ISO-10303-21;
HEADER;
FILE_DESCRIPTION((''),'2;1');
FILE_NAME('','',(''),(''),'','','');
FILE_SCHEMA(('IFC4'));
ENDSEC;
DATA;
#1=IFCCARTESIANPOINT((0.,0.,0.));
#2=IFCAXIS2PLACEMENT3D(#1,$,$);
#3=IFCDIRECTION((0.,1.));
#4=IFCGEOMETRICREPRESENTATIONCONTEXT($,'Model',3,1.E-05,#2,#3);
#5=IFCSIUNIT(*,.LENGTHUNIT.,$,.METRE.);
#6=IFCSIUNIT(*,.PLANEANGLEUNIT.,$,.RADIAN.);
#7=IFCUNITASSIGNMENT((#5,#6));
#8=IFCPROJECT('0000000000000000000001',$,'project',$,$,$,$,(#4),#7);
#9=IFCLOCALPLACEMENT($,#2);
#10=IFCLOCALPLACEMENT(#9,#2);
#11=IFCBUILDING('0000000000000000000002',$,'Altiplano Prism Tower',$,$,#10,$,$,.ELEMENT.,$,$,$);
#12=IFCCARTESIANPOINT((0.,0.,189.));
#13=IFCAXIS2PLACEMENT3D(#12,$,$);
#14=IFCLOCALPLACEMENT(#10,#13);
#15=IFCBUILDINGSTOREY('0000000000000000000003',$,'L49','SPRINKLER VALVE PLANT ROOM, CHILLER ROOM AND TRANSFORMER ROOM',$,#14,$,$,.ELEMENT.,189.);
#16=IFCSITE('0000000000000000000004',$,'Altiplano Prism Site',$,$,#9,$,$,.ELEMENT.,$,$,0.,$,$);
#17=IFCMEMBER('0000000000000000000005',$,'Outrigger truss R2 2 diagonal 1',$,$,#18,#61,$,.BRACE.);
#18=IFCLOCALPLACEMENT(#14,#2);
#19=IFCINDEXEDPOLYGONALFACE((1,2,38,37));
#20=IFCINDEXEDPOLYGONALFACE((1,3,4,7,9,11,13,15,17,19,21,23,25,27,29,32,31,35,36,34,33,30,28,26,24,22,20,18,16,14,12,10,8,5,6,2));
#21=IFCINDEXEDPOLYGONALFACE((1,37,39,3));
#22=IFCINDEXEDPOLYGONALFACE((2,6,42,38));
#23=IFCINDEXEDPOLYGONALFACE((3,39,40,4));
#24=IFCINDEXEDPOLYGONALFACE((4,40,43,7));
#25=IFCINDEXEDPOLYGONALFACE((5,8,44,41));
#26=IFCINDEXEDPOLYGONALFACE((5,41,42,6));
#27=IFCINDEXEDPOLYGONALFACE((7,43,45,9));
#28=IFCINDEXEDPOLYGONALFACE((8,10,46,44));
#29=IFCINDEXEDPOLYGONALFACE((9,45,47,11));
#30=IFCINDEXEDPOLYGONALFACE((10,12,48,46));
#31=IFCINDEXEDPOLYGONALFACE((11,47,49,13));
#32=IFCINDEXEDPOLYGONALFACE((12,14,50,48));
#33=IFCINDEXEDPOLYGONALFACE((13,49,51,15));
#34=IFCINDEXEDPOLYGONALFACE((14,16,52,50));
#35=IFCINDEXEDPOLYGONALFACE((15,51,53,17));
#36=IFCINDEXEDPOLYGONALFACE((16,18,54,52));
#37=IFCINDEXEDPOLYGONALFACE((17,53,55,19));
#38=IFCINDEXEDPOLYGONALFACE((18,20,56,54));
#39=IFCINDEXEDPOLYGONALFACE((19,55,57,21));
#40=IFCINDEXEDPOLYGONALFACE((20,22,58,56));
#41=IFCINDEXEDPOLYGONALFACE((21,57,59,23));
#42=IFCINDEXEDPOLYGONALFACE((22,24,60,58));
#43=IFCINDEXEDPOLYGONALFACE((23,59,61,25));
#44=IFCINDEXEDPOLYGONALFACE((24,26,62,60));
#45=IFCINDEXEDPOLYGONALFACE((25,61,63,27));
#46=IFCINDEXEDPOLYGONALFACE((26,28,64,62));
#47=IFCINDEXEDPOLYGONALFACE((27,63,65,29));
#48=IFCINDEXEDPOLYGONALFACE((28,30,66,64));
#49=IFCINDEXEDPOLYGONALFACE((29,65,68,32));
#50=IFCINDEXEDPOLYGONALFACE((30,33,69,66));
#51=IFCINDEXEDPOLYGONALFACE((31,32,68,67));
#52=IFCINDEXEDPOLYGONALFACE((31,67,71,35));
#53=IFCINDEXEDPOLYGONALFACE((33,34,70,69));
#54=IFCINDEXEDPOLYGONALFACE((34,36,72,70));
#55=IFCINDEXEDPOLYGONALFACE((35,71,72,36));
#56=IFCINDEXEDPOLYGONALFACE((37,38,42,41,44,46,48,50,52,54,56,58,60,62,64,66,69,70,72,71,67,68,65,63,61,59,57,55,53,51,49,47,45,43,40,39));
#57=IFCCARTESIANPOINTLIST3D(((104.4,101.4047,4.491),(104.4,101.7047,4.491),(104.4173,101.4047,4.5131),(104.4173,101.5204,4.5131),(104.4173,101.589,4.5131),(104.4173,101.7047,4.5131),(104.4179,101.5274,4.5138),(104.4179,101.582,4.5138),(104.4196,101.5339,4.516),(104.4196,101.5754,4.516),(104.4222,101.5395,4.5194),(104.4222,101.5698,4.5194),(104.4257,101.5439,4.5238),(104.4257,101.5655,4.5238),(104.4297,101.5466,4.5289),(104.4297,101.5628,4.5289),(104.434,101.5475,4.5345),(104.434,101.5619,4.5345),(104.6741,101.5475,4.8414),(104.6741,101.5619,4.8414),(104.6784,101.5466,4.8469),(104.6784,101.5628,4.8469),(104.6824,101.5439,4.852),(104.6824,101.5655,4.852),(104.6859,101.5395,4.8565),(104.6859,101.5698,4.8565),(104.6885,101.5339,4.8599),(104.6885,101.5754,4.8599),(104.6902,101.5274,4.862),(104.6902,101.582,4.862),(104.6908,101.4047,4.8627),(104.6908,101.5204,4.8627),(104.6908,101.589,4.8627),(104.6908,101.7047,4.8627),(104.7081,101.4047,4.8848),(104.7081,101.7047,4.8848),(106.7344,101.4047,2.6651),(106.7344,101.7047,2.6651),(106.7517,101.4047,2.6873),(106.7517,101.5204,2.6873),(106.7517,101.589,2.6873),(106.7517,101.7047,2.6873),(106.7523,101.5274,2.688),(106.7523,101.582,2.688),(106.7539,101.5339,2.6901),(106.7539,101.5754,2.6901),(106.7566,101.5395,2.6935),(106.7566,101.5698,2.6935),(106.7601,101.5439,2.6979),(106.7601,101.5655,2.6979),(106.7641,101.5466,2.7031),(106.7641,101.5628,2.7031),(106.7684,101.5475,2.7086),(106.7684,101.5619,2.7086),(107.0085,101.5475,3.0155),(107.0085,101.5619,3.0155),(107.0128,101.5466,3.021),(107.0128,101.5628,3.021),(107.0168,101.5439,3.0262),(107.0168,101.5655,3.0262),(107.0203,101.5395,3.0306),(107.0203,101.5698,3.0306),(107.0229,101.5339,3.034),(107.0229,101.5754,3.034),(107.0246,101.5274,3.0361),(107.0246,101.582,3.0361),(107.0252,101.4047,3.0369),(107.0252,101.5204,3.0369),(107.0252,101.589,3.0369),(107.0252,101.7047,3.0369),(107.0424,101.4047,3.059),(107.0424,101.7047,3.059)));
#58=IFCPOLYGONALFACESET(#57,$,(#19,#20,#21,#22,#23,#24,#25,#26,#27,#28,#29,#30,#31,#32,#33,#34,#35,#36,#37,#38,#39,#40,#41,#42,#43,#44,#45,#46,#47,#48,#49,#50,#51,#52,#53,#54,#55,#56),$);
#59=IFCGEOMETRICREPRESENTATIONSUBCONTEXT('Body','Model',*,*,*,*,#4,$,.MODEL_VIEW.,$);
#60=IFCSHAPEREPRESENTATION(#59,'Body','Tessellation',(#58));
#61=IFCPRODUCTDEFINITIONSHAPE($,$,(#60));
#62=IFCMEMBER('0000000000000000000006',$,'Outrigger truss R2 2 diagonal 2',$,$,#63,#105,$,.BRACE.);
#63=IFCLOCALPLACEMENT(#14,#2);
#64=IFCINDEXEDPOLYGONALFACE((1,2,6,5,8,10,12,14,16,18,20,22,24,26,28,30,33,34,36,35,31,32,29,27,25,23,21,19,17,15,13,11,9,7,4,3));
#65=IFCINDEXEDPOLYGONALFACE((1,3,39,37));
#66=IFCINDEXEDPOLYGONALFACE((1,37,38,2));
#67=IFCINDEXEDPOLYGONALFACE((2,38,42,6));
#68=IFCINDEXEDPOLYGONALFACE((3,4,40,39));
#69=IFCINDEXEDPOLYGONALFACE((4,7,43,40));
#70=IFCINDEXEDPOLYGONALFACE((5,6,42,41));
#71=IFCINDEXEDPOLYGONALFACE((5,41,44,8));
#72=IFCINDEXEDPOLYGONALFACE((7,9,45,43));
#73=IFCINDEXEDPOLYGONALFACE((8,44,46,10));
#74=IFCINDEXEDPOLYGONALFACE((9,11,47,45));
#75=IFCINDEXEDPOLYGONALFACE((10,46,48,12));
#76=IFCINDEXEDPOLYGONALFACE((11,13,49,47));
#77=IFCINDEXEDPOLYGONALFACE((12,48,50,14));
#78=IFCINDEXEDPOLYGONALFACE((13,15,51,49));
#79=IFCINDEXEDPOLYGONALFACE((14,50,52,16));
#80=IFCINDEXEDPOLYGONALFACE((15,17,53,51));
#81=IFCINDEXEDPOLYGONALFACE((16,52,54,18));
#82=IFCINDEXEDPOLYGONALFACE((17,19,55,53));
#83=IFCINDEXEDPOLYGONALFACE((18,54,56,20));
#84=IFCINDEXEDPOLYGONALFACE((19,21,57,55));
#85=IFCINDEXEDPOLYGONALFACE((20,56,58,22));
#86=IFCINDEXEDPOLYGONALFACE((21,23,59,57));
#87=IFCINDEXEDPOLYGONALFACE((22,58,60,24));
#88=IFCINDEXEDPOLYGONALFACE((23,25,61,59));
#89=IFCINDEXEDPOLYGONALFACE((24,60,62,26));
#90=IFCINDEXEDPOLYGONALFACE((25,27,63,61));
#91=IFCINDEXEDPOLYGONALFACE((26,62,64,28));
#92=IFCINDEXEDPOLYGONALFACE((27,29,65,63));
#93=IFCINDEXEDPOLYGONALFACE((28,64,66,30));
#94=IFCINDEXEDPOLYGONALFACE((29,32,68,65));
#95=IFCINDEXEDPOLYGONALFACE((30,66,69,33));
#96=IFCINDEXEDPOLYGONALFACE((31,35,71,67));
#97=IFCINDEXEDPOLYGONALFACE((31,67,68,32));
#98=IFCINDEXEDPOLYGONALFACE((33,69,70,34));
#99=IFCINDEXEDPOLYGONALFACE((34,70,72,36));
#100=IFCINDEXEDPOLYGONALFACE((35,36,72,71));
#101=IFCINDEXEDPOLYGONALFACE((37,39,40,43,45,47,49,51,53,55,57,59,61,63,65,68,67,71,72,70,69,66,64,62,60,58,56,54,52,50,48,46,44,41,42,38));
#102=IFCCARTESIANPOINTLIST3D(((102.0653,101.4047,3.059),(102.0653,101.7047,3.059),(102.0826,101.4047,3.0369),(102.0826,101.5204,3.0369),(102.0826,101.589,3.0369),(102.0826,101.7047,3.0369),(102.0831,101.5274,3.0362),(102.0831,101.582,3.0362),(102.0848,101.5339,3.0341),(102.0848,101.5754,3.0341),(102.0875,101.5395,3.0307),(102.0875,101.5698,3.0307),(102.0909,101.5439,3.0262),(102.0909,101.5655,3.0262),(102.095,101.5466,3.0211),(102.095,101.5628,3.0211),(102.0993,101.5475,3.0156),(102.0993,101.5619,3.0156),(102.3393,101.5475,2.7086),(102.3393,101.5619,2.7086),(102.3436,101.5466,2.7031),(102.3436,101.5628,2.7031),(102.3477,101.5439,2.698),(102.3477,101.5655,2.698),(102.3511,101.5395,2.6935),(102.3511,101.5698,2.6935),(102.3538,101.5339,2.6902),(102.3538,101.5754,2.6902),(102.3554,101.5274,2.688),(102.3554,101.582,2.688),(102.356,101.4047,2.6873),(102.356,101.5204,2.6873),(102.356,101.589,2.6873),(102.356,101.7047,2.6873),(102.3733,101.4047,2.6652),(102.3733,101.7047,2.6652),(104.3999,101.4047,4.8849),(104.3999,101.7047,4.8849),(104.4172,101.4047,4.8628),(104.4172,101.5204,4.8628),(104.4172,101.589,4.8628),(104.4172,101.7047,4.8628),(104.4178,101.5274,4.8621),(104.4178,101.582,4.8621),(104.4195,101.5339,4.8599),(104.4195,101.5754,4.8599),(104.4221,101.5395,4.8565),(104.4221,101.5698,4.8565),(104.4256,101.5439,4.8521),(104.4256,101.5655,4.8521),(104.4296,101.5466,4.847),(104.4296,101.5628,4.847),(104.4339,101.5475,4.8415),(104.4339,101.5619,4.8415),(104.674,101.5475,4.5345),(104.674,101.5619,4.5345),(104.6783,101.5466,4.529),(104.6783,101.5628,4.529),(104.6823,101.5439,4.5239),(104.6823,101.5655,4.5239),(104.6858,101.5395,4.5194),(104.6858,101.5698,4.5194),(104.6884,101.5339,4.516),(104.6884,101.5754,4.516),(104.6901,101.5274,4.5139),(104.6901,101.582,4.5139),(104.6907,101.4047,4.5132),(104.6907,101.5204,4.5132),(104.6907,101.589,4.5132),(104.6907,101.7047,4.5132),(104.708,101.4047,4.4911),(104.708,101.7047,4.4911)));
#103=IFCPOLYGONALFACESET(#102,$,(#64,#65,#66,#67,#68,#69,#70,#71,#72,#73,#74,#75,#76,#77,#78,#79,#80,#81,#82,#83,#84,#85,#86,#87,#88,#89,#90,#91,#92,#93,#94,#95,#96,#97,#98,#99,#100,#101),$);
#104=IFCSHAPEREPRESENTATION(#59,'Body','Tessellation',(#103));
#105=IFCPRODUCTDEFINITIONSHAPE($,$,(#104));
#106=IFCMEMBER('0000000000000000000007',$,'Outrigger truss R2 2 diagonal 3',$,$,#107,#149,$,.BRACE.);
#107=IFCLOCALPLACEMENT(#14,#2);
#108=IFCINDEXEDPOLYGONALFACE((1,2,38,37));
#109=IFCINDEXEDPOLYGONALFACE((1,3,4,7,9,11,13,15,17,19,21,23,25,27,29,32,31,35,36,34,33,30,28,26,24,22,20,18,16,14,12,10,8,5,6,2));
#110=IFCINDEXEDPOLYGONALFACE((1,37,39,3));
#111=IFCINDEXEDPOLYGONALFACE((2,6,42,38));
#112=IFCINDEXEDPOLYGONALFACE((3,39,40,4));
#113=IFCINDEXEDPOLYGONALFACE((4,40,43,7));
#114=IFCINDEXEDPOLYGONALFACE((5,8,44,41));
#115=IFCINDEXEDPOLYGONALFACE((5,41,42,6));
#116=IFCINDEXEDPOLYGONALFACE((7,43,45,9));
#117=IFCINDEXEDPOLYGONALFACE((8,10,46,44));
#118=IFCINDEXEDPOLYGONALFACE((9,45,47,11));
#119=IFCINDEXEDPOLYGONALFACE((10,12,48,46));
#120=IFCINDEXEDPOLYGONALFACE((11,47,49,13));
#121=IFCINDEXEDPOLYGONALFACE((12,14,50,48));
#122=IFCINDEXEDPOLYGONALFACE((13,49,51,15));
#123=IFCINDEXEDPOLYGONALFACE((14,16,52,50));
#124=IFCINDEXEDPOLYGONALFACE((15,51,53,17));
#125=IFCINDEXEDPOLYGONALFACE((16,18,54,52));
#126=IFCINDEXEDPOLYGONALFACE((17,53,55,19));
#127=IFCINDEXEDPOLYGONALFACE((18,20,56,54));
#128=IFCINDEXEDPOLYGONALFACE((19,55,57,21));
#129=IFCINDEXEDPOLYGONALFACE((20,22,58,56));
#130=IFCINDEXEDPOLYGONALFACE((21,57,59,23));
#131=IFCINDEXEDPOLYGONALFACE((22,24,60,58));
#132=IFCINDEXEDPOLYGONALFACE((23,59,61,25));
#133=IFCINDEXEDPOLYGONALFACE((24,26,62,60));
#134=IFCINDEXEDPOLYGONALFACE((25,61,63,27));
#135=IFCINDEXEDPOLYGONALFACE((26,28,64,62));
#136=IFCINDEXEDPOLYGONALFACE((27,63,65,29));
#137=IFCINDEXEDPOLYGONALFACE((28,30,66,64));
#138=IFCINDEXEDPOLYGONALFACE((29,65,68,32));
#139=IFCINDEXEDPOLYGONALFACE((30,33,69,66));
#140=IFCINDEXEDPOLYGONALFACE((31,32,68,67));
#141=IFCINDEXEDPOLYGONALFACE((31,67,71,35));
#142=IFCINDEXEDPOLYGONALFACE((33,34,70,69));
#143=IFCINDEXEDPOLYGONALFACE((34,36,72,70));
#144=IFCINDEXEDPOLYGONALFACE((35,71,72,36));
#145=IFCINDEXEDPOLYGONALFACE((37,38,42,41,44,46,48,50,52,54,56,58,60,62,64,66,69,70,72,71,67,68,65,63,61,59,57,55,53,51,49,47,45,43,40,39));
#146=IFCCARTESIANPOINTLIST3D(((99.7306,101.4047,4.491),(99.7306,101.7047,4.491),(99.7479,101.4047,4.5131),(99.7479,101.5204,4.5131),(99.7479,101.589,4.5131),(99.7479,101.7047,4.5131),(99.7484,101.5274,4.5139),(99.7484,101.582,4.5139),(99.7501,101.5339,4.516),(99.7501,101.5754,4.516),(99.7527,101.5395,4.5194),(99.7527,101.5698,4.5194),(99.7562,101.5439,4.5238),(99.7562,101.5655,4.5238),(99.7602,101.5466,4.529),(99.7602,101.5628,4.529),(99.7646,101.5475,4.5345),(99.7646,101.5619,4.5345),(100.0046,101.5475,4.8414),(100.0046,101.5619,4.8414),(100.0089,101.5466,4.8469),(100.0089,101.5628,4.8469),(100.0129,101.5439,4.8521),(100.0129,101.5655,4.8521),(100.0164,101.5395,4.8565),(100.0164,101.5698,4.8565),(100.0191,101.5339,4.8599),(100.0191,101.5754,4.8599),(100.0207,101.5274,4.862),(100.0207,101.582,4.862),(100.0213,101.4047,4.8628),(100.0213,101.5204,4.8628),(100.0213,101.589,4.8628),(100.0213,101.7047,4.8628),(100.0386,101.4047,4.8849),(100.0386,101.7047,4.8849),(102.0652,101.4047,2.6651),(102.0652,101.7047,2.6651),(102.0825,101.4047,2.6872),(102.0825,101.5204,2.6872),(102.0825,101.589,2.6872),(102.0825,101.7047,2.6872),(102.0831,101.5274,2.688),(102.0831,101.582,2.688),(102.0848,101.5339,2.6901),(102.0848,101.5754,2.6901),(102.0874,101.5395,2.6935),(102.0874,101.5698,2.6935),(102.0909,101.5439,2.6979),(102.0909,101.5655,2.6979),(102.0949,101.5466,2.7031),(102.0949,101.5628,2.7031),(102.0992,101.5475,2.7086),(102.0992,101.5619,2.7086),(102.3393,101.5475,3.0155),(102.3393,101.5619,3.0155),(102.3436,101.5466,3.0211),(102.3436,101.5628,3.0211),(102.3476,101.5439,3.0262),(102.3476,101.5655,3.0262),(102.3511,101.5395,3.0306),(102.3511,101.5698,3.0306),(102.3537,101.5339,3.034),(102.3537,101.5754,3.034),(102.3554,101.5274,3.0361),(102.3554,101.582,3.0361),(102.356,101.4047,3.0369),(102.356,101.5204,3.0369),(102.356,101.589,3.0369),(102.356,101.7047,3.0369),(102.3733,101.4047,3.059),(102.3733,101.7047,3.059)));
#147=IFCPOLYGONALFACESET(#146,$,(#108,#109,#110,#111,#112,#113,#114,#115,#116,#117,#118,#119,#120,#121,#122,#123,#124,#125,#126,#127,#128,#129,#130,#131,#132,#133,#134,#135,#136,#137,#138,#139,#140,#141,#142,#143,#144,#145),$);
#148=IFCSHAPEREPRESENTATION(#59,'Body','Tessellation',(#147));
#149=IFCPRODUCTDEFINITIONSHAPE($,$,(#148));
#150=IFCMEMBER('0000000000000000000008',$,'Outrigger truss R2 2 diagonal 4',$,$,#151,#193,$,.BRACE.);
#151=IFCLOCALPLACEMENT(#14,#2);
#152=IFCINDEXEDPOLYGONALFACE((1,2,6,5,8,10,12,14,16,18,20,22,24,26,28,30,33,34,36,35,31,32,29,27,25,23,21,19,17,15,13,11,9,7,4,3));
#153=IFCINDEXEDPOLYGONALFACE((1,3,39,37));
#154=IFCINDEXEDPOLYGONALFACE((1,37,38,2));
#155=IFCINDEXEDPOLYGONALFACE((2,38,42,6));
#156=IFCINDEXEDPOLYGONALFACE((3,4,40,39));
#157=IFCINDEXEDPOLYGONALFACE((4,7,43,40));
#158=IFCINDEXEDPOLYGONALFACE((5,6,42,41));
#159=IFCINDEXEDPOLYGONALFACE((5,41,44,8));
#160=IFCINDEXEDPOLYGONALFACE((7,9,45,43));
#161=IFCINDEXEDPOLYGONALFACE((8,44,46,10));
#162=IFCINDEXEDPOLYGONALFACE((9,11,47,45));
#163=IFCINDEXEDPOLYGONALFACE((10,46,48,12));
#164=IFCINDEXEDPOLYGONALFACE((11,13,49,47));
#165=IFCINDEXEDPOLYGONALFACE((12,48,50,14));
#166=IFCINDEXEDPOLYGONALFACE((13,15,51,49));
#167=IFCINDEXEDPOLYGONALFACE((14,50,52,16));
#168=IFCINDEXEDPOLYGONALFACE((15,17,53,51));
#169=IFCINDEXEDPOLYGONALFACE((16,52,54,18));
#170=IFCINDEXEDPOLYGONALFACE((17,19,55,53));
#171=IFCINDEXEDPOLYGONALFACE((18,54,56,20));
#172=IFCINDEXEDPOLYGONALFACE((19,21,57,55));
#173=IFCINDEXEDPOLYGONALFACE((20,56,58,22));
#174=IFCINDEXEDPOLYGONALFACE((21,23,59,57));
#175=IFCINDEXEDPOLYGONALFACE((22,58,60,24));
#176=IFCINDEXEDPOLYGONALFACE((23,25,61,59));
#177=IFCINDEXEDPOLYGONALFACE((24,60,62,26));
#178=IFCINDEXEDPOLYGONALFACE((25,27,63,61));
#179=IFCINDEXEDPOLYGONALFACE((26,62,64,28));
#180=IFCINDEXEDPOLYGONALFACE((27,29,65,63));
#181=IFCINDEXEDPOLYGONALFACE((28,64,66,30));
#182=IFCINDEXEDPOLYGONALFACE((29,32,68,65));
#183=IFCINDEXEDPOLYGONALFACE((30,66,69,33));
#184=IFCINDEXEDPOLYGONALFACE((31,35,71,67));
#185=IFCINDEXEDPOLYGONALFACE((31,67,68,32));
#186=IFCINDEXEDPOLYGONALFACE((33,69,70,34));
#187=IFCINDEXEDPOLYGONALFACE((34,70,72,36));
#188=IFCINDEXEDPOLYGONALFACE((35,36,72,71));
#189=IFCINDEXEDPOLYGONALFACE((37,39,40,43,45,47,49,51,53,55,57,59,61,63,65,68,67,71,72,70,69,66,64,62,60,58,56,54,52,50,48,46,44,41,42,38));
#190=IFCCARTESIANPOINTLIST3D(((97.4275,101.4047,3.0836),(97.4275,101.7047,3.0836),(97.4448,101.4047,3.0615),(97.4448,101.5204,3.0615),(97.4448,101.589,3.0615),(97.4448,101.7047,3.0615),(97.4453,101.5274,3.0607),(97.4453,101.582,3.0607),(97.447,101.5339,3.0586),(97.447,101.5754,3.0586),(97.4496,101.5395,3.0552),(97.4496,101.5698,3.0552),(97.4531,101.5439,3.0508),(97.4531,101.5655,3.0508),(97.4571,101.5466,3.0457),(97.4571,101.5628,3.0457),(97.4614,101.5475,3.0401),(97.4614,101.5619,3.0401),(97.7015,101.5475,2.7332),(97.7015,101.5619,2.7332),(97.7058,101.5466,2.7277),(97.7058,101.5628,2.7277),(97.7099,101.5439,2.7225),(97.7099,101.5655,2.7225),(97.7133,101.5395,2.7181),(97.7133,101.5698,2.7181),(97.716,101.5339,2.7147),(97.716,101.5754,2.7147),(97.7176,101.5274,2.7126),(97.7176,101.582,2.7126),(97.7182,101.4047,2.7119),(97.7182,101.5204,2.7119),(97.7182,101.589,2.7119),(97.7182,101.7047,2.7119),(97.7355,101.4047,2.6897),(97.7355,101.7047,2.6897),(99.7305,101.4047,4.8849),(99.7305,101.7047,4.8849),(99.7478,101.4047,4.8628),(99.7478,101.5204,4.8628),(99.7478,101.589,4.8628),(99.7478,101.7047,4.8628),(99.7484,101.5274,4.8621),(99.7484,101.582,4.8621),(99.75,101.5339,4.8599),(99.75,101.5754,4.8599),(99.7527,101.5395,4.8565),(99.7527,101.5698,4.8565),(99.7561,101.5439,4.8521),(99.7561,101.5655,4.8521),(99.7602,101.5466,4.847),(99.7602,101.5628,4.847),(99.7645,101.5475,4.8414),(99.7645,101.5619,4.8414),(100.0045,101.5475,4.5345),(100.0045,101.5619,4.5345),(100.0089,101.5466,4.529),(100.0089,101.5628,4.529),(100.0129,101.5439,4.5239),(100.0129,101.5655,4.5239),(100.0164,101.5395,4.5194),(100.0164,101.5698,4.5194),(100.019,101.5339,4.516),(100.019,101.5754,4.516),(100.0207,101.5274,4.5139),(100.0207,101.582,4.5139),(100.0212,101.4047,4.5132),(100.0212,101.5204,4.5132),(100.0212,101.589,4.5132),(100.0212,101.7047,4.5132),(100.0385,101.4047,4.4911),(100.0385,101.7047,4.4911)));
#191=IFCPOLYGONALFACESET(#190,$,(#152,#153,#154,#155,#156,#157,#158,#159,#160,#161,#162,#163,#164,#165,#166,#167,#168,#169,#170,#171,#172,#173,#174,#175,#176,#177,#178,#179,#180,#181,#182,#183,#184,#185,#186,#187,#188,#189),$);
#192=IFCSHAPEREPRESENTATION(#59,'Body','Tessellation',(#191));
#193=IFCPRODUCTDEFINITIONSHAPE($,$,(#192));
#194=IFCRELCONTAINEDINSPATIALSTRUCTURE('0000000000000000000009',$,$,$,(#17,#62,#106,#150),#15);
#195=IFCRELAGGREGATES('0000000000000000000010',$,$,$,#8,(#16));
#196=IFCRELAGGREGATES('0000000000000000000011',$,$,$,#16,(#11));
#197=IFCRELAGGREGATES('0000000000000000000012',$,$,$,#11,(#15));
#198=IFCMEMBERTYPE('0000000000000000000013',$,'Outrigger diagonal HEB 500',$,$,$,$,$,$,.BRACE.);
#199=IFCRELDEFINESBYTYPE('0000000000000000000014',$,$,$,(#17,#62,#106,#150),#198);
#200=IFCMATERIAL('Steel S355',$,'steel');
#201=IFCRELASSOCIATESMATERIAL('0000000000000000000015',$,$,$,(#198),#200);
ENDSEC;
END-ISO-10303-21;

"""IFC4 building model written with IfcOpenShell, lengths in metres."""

from ifc_helpers import new_model, si_unit, direction, frame, origin, origin_2d, place, context, subcontext, project, spatial, i_section, extrude, material, material_profile, profile_set, type_object, element, save


model = new_model("IFC4")

# Units and contexts
model_context = context("Model", 3, precision=1e-05, world=origin(), true_north=direction((0.0, 1.0)))
body_context = subcontext(model_context, "Body", "Model", "MODEL_VIEW")
ifc_project = project(units=[si_unit("LENGTHUNIT", "METRE"), si_unit("PLANEANGLEUNIT", "RADIAN")], contexts=[model_context])

# Site, building, storey
site_placement = place(None, origin())
site = spatial("IfcSite", under=ifc_project, at=site_placement, Name="Altiplano Prism Site", CompositionType="ELEMENT", RefElevation=0.0)
building_placement = place(site_placement, origin())
building = spatial("IfcBuilding", under=site, at=building_placement, Name="Altiplano Prism Tower", CompositionType="ELEMENT")
storey_placement = place(building_placement, frame((0.0, 0.0, 189.0)))
storey = spatial("IfcBuildingStorey", under=building, at=storey_placement, Name="L49", Description="SPRINKLER VALVE PLANT ROOM, CHILLER ROOM AND TRANSFORMER ROOM", CompositionType="ELEMENT", Elevation=189.0)

# Shared definitions
ifc_material_1 = material(Name="Steel S355", Category="steel")

# Members
ifc_material_profile_1 = material_profile(ifc_material_1, i_section(OverallWidth=0.3, OverallDepth=0.5, WebThickness=0.0144, FlangeThickness=0.0281, FilletRadius=0.0271, at=origin_2d()), Name="Outrigger diagonal HEB 500")
ifc_profile_set_1 = profile_set([ifc_material_profile_1], Name="Steel S355")
member_type_1 = type_object("IfcMemberType", Name="Outrigger diagonal HEB 500", PredefinedType="BRACE", material=ifc_profile_set_1)
member_1_placement = place(storey_placement, frame((106.8884, 101.5547, 2.8621), z_axis=(-0.787677, 0.0, 0.616088), x_axis=(0.0, -1.0, 0.0)))
element("IfcMember", 1, at=member_1_placement, inside=storey, type_object=member_type_1, Name="Outrigger truss R2 2 diagonal 1", PredefinedType="BRACE", context=body_context, shape_type="SweptSolid", body=[
    extrude(i_section(OverallWidth=0.3, OverallDepth=0.5, WebThickness=0.0144, FlangeThickness=0.0281, FilletRadius=0.0271, at=origin_2d()), origin(), (0.0, 0.0, 1.0), 2.9636),
])
for number, where, z_axis, x_axis, name in (
    (2, (104.554, 101.5547, 4.688), (-0.787708, 0.0, -0.616048), (0.0, -1.0, 0.0), "Outrigger truss R2 2 diagonal 2"),
    (3, (102.2192, 101.5547, 2.8621), (-0.787708, 0.0, 0.616048), (0.0, -1.0, 0.0), "Outrigger truss R2 2 diagonal 3"),
):
    element("IfcMember", number, at=place(storey_placement, frame(where, z_axis=z_axis, x_axis=x_axis)), inside=storey, type_object=member_type_1, Name=name, PredefinedType="BRACE", context=body_context, shape_type="SweptSolid", body=[
        extrude(i_section(OverallWidth=0.3, OverallDepth=0.5, WebThickness=0.0144, FlangeThickness=0.0281, FilletRadius=0.0271, at=origin_2d()), origin(), (0.0, 0.0, 1.0), 2.9639),
    ])
member_2_placement = place(storey_placement, frame((99.8845, 101.5547, 4.688), z_axis=(-0.787681, 0.0, -0.616083), x_axis=(0.0, -1.0, 0.0)))
element("IfcMember", 4, at=member_2_placement, inside=storey, type_object=member_type_1, Name="Outrigger truss R2 2 diagonal 4", PredefinedType="BRACE", context=body_context, shape_type="SweptSolid", body=[
    extrude(i_section(OverallWidth=0.3, OverallDepth=0.5, WebThickness=0.0144, FlangeThickness=0.0281, FilletRadius=0.0271, at=origin_2d()), origin(), (0.0, 0.0, 1.0), 2.9238),
])

save(model, "model.ifc")
